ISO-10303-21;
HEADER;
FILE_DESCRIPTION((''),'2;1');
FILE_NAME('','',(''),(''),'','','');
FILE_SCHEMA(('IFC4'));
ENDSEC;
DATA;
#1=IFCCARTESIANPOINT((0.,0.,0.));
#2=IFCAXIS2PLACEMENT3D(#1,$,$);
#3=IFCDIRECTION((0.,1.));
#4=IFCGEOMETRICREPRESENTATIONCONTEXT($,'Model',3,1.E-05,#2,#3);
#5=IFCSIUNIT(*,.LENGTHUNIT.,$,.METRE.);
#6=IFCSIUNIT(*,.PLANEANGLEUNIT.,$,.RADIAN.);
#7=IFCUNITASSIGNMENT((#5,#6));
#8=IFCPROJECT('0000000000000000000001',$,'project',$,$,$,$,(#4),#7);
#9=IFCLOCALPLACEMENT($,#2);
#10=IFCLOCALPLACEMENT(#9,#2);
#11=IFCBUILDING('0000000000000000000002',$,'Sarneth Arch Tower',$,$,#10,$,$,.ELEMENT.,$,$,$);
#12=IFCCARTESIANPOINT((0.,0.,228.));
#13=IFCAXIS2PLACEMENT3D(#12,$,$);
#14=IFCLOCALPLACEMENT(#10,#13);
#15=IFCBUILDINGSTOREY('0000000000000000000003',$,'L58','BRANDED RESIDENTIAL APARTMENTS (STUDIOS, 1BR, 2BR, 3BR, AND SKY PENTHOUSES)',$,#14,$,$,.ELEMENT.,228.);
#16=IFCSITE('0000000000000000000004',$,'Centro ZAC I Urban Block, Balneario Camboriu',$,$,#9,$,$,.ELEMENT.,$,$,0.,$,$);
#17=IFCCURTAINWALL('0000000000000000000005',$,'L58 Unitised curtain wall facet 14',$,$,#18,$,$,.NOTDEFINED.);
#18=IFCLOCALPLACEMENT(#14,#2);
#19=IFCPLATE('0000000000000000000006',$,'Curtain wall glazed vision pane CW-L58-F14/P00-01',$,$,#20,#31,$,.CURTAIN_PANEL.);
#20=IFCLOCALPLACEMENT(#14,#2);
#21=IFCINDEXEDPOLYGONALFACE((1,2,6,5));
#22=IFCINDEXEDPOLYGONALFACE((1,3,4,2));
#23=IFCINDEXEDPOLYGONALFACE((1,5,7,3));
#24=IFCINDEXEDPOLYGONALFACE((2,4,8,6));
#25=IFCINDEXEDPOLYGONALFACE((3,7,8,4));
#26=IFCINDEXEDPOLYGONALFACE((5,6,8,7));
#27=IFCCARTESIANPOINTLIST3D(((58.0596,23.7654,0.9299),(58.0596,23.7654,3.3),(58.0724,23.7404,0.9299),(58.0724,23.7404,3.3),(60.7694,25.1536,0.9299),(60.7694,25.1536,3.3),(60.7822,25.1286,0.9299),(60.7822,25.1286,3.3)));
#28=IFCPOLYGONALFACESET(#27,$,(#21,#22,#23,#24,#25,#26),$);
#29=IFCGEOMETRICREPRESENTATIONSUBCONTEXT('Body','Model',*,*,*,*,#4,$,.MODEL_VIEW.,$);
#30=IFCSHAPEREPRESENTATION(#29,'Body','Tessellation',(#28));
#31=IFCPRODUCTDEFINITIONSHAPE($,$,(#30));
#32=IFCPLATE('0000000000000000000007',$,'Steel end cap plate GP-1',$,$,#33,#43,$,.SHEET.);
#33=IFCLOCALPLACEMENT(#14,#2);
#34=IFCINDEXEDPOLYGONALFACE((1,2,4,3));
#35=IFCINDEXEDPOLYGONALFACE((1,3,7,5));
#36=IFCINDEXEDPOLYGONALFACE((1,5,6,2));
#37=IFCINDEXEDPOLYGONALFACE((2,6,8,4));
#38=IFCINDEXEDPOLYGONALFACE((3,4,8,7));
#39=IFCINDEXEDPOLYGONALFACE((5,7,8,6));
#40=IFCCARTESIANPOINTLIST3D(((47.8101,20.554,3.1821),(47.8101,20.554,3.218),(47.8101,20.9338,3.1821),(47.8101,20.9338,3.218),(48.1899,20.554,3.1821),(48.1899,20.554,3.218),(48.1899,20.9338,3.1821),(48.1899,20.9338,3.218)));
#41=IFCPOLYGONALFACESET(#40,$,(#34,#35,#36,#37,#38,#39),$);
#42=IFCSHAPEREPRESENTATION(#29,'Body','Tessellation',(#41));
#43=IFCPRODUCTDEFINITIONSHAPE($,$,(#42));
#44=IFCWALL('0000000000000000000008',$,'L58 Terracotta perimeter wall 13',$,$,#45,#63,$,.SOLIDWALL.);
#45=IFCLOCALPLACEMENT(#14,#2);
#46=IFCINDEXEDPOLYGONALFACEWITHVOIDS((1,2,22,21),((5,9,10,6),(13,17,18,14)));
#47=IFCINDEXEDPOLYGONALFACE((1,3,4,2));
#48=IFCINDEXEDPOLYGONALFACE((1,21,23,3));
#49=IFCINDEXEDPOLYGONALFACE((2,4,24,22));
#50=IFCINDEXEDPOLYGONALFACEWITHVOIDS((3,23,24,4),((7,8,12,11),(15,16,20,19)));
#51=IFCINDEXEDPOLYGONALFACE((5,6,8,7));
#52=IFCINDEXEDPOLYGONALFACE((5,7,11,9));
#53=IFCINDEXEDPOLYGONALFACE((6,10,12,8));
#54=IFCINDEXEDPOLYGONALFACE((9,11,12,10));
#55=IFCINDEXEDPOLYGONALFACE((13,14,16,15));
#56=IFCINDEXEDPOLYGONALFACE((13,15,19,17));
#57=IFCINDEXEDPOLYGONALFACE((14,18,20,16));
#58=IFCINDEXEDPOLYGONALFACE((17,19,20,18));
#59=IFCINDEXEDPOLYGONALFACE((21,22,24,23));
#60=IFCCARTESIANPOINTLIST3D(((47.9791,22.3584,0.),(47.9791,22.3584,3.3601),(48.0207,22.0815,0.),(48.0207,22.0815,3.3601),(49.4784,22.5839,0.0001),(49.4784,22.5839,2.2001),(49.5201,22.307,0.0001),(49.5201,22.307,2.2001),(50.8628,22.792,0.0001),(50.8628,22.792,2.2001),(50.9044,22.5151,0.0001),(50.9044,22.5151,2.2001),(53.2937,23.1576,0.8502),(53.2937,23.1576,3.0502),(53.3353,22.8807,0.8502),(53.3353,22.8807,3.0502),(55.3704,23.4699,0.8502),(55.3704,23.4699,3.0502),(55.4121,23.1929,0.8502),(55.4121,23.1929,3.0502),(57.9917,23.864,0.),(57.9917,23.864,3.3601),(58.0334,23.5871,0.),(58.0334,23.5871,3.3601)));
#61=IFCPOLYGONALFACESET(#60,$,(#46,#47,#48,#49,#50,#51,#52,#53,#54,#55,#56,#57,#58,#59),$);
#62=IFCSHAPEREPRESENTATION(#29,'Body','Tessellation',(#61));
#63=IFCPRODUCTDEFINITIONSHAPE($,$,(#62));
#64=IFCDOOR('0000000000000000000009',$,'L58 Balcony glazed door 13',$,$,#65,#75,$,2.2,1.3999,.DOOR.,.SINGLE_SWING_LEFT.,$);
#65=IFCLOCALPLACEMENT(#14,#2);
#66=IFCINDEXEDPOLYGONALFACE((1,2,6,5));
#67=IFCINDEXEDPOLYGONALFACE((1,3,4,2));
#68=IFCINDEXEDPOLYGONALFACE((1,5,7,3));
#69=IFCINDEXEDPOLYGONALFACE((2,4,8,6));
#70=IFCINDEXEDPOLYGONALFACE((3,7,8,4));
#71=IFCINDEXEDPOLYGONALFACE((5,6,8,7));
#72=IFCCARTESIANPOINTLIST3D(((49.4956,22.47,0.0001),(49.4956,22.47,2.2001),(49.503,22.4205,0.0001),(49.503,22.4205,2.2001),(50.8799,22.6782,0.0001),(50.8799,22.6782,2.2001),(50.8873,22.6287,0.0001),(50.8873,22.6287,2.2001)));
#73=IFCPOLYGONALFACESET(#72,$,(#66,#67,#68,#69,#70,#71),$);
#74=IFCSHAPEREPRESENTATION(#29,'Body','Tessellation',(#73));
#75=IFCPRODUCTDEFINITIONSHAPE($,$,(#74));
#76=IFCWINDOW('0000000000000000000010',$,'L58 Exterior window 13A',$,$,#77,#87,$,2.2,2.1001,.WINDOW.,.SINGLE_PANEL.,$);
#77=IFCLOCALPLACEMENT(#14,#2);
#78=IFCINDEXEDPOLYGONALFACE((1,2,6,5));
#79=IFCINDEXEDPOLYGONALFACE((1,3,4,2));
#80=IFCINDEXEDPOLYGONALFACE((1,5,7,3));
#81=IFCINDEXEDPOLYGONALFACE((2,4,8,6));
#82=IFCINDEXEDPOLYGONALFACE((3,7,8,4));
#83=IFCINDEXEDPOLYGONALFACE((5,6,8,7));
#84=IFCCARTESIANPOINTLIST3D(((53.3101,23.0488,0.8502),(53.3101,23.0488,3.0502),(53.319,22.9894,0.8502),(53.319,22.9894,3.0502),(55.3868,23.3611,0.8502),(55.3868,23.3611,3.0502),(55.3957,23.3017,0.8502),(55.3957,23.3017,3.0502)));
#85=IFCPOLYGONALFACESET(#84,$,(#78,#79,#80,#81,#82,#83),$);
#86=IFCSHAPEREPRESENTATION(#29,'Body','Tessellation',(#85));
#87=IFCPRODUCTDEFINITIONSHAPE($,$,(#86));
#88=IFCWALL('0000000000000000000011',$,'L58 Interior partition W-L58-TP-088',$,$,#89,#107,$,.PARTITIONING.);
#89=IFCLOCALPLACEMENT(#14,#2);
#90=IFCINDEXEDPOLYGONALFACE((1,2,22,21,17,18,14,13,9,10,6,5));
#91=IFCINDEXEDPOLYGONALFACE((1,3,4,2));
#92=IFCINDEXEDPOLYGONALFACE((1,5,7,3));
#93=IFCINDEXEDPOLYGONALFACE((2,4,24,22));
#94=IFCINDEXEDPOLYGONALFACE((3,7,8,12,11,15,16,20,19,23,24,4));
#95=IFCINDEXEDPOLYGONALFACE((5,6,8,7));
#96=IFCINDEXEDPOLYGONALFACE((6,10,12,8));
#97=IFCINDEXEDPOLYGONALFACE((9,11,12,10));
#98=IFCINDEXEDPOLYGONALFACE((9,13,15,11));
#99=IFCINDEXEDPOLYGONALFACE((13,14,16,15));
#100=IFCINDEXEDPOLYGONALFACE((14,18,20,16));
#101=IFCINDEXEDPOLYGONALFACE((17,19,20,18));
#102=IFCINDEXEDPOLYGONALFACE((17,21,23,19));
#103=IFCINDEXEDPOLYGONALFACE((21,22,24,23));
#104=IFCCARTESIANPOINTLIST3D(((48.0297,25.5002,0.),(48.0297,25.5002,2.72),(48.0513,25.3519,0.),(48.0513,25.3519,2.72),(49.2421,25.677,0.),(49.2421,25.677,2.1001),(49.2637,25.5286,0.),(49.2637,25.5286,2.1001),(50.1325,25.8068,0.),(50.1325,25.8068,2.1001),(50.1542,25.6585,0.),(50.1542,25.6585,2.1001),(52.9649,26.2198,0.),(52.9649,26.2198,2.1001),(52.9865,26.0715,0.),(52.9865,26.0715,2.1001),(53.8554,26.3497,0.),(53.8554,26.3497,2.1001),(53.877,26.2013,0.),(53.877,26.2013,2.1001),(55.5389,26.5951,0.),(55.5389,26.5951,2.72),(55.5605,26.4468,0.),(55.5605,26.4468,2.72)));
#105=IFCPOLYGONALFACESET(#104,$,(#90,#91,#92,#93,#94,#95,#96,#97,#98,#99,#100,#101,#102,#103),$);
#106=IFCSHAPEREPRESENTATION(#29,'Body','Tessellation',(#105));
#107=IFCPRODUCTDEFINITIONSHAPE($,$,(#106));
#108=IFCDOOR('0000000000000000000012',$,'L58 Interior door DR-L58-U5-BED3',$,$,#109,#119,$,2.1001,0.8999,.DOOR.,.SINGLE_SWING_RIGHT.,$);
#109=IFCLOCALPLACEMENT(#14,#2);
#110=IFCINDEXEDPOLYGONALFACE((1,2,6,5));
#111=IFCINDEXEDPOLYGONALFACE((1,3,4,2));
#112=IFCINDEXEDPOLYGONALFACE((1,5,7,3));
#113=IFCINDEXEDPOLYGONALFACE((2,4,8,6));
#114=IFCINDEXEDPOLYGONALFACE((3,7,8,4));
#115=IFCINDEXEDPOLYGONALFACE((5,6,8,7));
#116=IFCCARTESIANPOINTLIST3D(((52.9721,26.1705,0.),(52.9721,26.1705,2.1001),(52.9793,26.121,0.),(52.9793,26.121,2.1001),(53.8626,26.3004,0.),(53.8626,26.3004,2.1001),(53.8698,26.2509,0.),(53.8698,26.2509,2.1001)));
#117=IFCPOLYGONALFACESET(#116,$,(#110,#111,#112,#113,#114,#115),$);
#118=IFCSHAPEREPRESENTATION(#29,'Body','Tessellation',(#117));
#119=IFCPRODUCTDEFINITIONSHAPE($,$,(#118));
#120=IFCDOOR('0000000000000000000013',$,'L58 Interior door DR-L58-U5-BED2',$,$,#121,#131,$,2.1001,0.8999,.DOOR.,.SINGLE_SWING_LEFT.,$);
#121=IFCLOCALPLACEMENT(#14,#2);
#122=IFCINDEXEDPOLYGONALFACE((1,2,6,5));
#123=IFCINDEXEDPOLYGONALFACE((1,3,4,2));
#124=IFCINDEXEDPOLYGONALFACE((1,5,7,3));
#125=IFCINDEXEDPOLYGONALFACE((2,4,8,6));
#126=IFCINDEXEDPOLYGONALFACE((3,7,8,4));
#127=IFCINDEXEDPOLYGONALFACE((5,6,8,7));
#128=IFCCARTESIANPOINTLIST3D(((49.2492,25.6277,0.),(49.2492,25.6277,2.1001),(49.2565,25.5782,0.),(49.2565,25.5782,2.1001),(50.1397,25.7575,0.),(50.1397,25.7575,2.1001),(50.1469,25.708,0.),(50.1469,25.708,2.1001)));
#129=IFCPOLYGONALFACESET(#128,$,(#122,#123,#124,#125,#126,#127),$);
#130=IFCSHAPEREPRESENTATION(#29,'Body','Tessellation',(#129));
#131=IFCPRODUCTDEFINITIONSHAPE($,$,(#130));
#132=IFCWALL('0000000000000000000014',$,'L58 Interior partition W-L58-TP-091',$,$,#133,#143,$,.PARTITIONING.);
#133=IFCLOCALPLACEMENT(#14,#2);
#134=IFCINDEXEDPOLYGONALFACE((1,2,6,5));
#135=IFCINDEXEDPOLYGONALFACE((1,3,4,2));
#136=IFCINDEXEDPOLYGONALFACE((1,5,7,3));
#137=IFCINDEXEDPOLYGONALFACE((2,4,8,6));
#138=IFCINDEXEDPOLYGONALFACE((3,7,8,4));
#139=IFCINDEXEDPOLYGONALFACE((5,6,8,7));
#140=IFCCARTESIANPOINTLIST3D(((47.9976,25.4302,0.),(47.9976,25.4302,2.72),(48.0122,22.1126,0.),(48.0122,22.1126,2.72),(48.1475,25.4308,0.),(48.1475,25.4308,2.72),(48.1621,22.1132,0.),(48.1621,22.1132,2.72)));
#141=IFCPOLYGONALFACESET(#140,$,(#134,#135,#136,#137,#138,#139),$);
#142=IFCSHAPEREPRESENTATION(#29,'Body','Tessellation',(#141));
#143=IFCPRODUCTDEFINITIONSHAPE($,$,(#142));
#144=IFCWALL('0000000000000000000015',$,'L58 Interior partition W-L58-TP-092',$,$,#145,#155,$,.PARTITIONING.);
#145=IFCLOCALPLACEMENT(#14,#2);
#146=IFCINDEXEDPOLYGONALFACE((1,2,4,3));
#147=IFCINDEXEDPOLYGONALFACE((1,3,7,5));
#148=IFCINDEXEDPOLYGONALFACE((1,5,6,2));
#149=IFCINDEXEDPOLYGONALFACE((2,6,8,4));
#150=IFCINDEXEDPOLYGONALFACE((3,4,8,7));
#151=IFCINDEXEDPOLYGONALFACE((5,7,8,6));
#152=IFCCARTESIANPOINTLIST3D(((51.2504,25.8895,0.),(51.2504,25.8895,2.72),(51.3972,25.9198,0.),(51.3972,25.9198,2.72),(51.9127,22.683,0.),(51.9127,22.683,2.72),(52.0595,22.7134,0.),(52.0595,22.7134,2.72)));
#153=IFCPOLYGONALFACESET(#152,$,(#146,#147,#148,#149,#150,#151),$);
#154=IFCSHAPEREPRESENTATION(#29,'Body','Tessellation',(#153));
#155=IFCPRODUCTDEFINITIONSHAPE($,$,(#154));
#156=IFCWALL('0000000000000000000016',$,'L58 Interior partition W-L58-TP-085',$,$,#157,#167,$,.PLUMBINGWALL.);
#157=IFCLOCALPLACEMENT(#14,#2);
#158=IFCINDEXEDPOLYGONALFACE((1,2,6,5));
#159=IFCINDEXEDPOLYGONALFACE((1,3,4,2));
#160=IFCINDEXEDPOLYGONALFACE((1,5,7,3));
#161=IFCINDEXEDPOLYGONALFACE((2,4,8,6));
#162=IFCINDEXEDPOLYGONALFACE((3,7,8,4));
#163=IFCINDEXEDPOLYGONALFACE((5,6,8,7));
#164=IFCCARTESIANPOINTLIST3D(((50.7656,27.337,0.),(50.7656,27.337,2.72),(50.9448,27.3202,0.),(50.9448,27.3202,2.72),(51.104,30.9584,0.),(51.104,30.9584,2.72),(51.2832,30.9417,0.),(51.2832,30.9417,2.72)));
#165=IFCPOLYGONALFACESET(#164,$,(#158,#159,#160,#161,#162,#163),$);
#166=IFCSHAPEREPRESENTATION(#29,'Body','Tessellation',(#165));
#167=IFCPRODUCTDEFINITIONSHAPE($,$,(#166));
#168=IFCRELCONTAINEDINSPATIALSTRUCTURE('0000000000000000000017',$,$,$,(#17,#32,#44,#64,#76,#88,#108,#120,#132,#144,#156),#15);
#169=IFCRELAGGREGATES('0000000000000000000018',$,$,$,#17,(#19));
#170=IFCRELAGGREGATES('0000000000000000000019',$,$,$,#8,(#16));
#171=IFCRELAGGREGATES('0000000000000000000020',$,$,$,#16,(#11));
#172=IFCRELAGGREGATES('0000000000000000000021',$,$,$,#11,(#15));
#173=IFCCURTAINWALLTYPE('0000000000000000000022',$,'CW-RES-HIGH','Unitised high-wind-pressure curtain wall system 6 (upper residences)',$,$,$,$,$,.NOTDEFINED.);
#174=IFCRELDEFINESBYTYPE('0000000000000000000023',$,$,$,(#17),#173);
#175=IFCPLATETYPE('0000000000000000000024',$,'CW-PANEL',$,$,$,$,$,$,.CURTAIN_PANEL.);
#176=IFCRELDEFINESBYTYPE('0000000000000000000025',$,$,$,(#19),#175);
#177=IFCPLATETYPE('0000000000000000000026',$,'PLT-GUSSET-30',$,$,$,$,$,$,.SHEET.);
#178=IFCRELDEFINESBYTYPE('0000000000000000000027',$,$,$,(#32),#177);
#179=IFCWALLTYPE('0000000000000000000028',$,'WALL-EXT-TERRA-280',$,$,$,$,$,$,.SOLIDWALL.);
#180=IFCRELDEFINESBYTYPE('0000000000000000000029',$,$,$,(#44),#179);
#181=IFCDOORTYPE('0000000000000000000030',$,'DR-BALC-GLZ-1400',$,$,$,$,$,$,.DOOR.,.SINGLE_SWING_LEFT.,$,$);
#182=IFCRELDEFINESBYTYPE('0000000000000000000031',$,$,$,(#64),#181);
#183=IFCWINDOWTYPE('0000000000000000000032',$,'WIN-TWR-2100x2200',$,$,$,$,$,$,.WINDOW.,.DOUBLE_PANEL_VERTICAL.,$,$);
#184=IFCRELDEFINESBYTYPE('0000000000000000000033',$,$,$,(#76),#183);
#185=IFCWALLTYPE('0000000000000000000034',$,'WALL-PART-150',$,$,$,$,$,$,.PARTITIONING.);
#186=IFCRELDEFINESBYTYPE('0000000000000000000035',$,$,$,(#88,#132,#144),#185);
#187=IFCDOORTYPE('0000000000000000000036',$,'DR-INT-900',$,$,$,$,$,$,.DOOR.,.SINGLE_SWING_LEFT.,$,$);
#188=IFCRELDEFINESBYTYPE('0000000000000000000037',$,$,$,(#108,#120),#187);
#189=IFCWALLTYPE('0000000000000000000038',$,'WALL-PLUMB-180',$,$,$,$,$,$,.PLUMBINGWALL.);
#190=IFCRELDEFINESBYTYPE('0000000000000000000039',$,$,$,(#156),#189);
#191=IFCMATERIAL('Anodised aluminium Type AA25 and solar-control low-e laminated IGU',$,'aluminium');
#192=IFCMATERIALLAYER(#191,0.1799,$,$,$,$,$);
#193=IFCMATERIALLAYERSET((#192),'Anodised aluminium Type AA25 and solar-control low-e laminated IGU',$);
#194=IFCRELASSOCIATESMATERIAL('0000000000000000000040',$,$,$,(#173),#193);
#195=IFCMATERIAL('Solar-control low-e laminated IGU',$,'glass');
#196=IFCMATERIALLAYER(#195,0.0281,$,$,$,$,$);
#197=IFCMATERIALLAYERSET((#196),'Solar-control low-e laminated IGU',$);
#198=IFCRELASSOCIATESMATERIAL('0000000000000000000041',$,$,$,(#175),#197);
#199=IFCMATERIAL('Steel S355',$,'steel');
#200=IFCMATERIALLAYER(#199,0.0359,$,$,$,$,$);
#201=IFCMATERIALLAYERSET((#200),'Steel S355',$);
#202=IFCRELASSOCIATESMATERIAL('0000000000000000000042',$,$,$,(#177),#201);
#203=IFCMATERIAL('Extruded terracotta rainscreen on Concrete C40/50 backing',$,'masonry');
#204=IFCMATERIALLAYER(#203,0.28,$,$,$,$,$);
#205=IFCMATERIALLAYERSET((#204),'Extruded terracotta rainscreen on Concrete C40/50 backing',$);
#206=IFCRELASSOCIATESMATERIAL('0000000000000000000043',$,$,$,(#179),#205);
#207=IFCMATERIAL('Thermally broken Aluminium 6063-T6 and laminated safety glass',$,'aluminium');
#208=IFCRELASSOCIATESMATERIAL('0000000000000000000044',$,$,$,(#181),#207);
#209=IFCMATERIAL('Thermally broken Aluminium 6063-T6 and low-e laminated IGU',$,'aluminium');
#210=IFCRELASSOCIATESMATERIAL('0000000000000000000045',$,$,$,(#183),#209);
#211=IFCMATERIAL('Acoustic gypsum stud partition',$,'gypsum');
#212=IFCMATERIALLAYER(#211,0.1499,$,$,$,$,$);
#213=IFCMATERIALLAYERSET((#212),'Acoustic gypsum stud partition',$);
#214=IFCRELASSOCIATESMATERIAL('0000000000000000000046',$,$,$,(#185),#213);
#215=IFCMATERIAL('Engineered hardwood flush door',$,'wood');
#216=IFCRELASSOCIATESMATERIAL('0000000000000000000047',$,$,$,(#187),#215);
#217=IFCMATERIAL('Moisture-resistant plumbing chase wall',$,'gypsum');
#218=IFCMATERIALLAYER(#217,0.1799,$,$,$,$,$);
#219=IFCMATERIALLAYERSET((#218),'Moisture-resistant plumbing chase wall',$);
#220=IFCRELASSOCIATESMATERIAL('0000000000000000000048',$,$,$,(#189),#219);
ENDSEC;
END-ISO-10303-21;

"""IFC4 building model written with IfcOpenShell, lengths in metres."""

from ifc_helpers import new_model, si_unit, direction, frame, frame_2d, origin, origin_2d, place, context, subcontext, project, spatial, rectangle, extrude, material, layer, layer_set, type_object, element, fill, aggregate, save


model = new_model("IFC4")

# Units and contexts
model_context = context("Model", 3, precision=1e-05, world=origin(), true_north=direction((0.0, 1.0)))
body_context = subcontext(model_context, "Body", "Model", "MODEL_VIEW")
ifc_project = project(units=[si_unit("LENGTHUNIT", "METRE"), si_unit("PLANEANGLEUNIT", "RADIAN")], contexts=[model_context])

# Site, building, storey
site_placement = place(None, origin())
site = spatial("IfcSite", under=ifc_project, at=site_placement, Name="Centro ZAC I Urban Block, Balneario Camboriu", CompositionType="ELEMENT", RefElevation=0.0)
building_placement = place(site_placement, origin())
building = spatial("IfcBuilding", under=site, at=building_placement, Name="Sarneth Arch Tower", CompositionType="ELEMENT")
storey_placement = place(building_placement, frame((0.0, 0.0, 228.0)))
storey = spatial("IfcBuildingStorey", under=building, at=storey_placement, Name="L58", Description="BRANDED RESIDENTIAL APARTMENTS (STUDIOS, 1BR, 2BR, 3BR, AND SKY PENTHOUSES)", CompositionType="ELEMENT", Elevation=228.0)

# Curtain wall, plate
ifc_material_1 = material(Name="Anodised aluminium Type AA25 and solar-control low-e laminated IGU", Category="aluminium")
ifc_layer_1 = layer(ifc_material_1, 0.1799)
ifc_layer_set_1 = layer_set([ifc_layer_1], Name="Anodised aluminium Type AA25 and solar-control low-e laminated IGU")
curtain_wall_type = type_object("IfcCurtainWallType", Name="CW-RES-HIGH", Description="Unitised high-wind-pressure curtain wall system 6 (upper residences)", PredefinedType="NOTDEFINED", material=ifc_layer_set_1)
curtain_wall_placement = place(storey_placement, origin())
curtain_wall = element("IfcCurtainWall", 1, at=curtain_wall_placement, inside=storey, type_object=curtain_wall_type, Name="L58 Unitised curtain wall facet 14", PredefinedType="NOTDEFINED")
ifc_material_2 = material(Name="Solar-control low-e laminated IGU", Category="glass")
ifc_layer_2 = layer(ifc_material_2, 0.0281)
ifc_layer_set_2 = layer_set([ifc_layer_2], Name="Solar-control low-e laminated IGU")
plate_type_1 = type_object("IfcPlateType", Name="CW-PANEL", PredefinedType="CURTAIN_PANEL", material=ifc_layer_set_2)
plate_1_placement = place(storey_placement, frame((59.4209, 24.447, 0.9299), z_axis=(0.0, 0.0, 1.0), x_axis=(0.89001, 0.455942, 0.0)))
plate_1 = element("IfcPlate", 2, at=plate_1_placement, type_object=plate_type_1, Name="Curtain wall glazed vision pane CW-L58-F14/P00-01", PredefinedType="CURTAIN_PANEL", context=body_context, shape_type="SweptSolid", body=[
    extrude(rectangle(XDim=3.0447, YDim=0.0281, at=origin_2d()), origin(), (0.0, 0.0, 1.0), 2.3701),
])
aggregate(curtain_wall, [plate_1])

# Plate
ifc_material_3 = material(Name="Steel S355", Category="steel")
ifc_layer_3 = layer(ifc_material_3, 0.0359)
ifc_layer_set_3 = layer_set([ifc_layer_3], Name="Steel S355")
plate_type_2 = type_object("IfcPlateType", Name="PLT-GUSSET-30", PredefinedType="SHEET", material=ifc_layer_set_3)
plate_2_placement = place(storey_placement, frame((48.0, 20.7439, 3.1821), z_axis=(0.0, 0.0, 1.0), x_axis=(0.0, -1.0, 0.0)))
element("IfcPlate", 3, at=plate_2_placement, inside=storey, type_object=plate_type_2, Name="Steel end cap plate GP-1", PredefinedType="SHEET", context=body_context, shape_type="SweptSolid", body=[
    extrude(rectangle(XDim=0.3799, YDim=0.3799, at=origin_2d()), origin(), (0.0, 0.0, 1.0), 0.0359),
])

# Wall, openings, door, window
ifc_material_4 = material(Name="Extruded terracotta rainscreen on Concrete C40/50 backing", Category="masonry")
ifc_layer_4 = layer(ifc_material_4, 0.28)
ifc_layer_set_4 = layer_set([ifc_layer_4], Name="Extruded terracotta rainscreen on Concrete C40/50 backing")
wall_type_1 = type_object("IfcWallType", Name="WALL-EXT-TERRA-280", PredefinedType="SOLIDWALL", material=ifc_layer_set_4)
wall_1_placement = place(storey_placement, frame((48.0, 22.22, 0.0), z_axis=(0.0, 0.0, 1.0), x_axis=(0.988883, 0.148699, 0.0)))
wall_1 = element("IfcWall", 4, at=wall_1_placement, inside=storey, type_object=wall_type_1, Name="L58 Terracotta perimeter wall 13", PredefinedType="SOLIDWALL", context=body_context, shape_type="SweptSolid", body=[
    extrude(rectangle(XDim=10.1252, YDim=0.28, at=frame_2d((5.0625, 0.0))), origin(), (0.0, 0.0, 1.0), 3.3601),
])
opening_1_placement = place(wall_1_placement, frame((1.5161, 0.0, 0.0)))
opening_1 = element("IfcOpeningElement", 5, at=opening_1_placement, cuts=wall_1, PredefinedType="OPENING", context=body_context, shape_type="SweptSolid", body=[
    extrude(rectangle(XDim=1.3999, YDim=2.2, at=frame_2d((0.7, 1.1001))), frame((0.0, 0.1499, 0.0), z_axis=(0.0, -1.0, 0.0), x_axis=(1.0, 0.0, 0.0)), (0.0, 0.0, 1.0), 0.3),
])
opening_2_placement = place(wall_1_placement, frame((5.3743, 0.0, 0.8501)))
opening_2 = element("IfcOpeningElement", 6, at=opening_2_placement, cuts=wall_1, PredefinedType="OPENING", context=body_context, shape_type="SweptSolid", body=[
    extrude(rectangle(XDim=2.1001, YDim=2.2, at=frame_2d((1.05, 1.1001))), frame((0.0, 0.1499, 0.0), z_axis=(0.0, -1.0, 0.0), x_axis=(1.0, 0.0, 0.0)), (0.0, 0.0, 1.0), 0.3),
])
ifc_material_5 = material(Name="Thermally broken Aluminium 6063-T6 and laminated safety glass", Category="aluminium")
door_type_1 = type_object("IfcDoorType", Name="DR-BALC-GLZ-1400", OperationType="SINGLE_SWING_LEFT", PredefinedType="DOOR", material=ifc_material_5)
door_1_placement = place(opening_1_placement, origin())
door_1 = element("IfcDoor", 7, at=door_1_placement, inside=storey, type_object=door_type_1, Name="L58 Balcony glazed door 13", OperationType="SINGLE_SWING_LEFT", OverallHeight=2.2, OverallWidth=1.3999, PredefinedType="DOOR", context=body_context, shape_type="SweptSolid", body=[
    extrude(rectangle(XDim=1.3999, YDim=2.2, at=frame_2d((0.7, 1.1001))), frame((0.0, 0.0249, 0.0), z_axis=(0.0, -1.0, 0.0), x_axis=(1.0, 0.0, 0.0)), (0.0, 0.0, 1.0), 0.05),
])
fill(opening_1, door_1)
ifc_material_6 = material(Name="Thermally broken Aluminium 6063-T6 and low-e laminated IGU", Category="aluminium")
window_type = type_object("IfcWindowType", Name="WIN-TWR-2100x2200", PartitioningType="DOUBLE_PANEL_VERTICAL", PredefinedType="WINDOW", material=ifc_material_6)
window_placement = place(opening_2_placement, origin())
window = element("IfcWindow", 8, at=window_placement, inside=storey, type_object=window_type, Name="L58 Exterior window 13A", OverallHeight=2.2, OverallWidth=2.1001, PartitioningType="SINGLE_PANEL", PredefinedType="WINDOW", context=body_context, shape_type="SweptSolid", body=[
    extrude(rectangle(XDim=2.1001, YDim=2.2, at=frame_2d((1.05, 1.1001))), frame((0.0, 0.03, 0.0), z_axis=(0.0, -1.0, 0.0), x_axis=(1.0, 0.0, 0.0)), (0.0, 0.0, 1.0), 0.0601),
])
fill(opening_2, window)

# Wall, openings, doors
ifc_material_7 = material(Name="Acoustic gypsum stud partition", Category="gypsum")
ifc_layer_5 = layer(ifc_material_7, 0.1499)
ifc_layer_set_5 = layer_set([ifc_layer_5], Name="Acoustic gypsum stud partition")
wall_type_2 = type_object("IfcWallType", Name="WALL-PART-150", PredefinedType="PARTITIONING", material=ifc_layer_set_5)
wall_2_placement = place(storey_placement, frame((55.5498, 26.521, 0.0), z_axis=(0.0, 0.0, 1.0), x_axis=(-0.989535, -0.14429, 0.0)))
wall_2 = element("IfcWall", 9, at=wall_2_placement, inside=storey, type_object=wall_type_2, Name="L58 Interior partition W-L58-TP-088", PredefinedType="PARTITIONING", context=body_context, shape_type="SweptSolid", body=[
    extrude(rectangle(XDim=7.5886, YDim=0.1499, at=frame_2d((3.7944, 0.0))), origin(), (0.0, 0.0, 1.0), 2.72),
])
opening_3_placement = place(wall_2_placement, frame((1.7014, 0.0, 0.0)))
opening_3 = element("IfcOpeningElement", 10, at=opening_3_placement, cuts=wall_2, PredefinedType="OPENING", context=body_context, shape_type="SweptSolid", body=[
    extrude(rectangle(XDim=0.8999, YDim=2.1001, at=frame_2d((0.45, 1.05))), frame((0.0, 0.085, 0.0), z_axis=(0.0, -1.0, 0.0), x_axis=(1.0, 0.0, 0.0)), (0.0, 0.0, 1.0), 0.1699),
])
opening_4_placement = place(wall_2_placement, frame((5.4636, 0.0, 0.0)))
opening_4 = element("IfcOpeningElement", 11, at=opening_4_placement, cuts=wall_2, PredefinedType="OPENING", context=body_context, shape_type="SweptSolid", body=[
    extrude(rectangle(XDim=0.8999, YDim=2.1001, at=frame_2d((0.45, 1.05))), frame((0.0, 0.085, 0.0), z_axis=(0.0, -1.0, 0.0), x_axis=(1.0, 0.0, 0.0)), (0.0, 0.0, 1.0), 0.1699),
])
ifc_material_8 = material(Name="Engineered hardwood flush door", Category="wood")
door_type_2 = type_object("IfcDoorType", Name="DR-INT-900", OperationType="SINGLE_SWING_LEFT", PredefinedType="DOOR", material=ifc_material_8)
door_2_placement = place(opening_3_placement, origin())
door_2 = element("IfcDoor", 12, at=door_2_placement, inside=storey, type_object=door_type_2, Name="L58 Interior door DR-L58-U5-BED3", OperationType="SINGLE_SWING_RIGHT", OverallHeight=2.1001, OverallWidth=0.8999, PredefinedType="DOOR", context=body_context, shape_type="SweptSolid", body=[
    extrude(rectangle(XDim=0.8999, YDim=2.1001, at=frame_2d((0.45, 1.05))), frame((0.0, 0.0249, 0.0), z_axis=(0.0, -1.0, 0.0), x_axis=(1.0, 0.0, 0.0)), (0.0, 0.0, 1.0), 0.05),
])
fill(opening_3, door_2)
door_3_placement = place(opening_4_placement, origin())
door_3 = element("IfcDoor", 13, at=door_3_placement, inside=storey, type_object=door_type_2, Name="L58 Interior door DR-L58-U5-BED2", OperationType="SINGLE_SWING_LEFT", OverallHeight=2.1001, OverallWidth=0.8999, PredefinedType="DOOR", context=body_context, shape_type="SweptSolid", body=[
    extrude(rectangle(XDim=0.8999, YDim=2.1001, at=frame_2d((0.45, 1.05))), frame((0.0, 0.0249, 0.0), z_axis=(0.0, -1.0, 0.0), x_axis=(1.0, 0.0, 0.0)), (0.0, 0.0, 1.0), 0.05),
])
fill(opening_4, door_3)

# Walls
wall_3_placement = place(storey_placement, frame((48.0872, 22.113, 0.0), z_axis=(0.0, 0.0, 1.0), x_axis=(-0.004415, 0.99999, 0.0)))
element("IfcWall", 14, at=wall_3_placement, inside=storey, type_object=wall_type_2, Name="L58 Interior partition W-L58-TP-091", PredefinedType="PARTITIONING", context=body_context, shape_type="SweptSolid", body=[
    extrude(rectangle(XDim=3.3176, YDim=0.1499, at=frame_2d((1.6587, 0.0))), origin(), (0.0, 0.0, 1.0), 2.72),
])
wall_4_placement = place(storey_placement, frame((51.3237, 25.9048, 0.0), z_axis=(0.0, 0.0, 1.0), x_axis=(0.202292, -0.979325, 0.0)))
element("IfcWall", 15, at=wall_4_placement, inside=storey, type_object=wall_type_2, Name="L58 Interior partition W-L58-TP-092", PredefinedType="PARTITIONING", context=body_context, shape_type="SweptSolid", body=[
    extrude(rectangle(XDim=3.2742, YDim=0.1499, at=frame_2d((1.6372, 0.0))), origin(), (0.0, 0.0, 1.0), 2.72),
])
ifc_material_9 = material(Name="Moisture-resistant plumbing chase wall", Category="gypsum")
ifc_layer_6 = layer(ifc_material_9, 0.1799)
ifc_layer_set_6 = layer_set([ifc_layer_6], Name="Moisture-resistant plumbing chase wall")
wall_type_3 = type_object("IfcWallType", Name="WALL-PLUMB-180", PredefinedType="PLUMBINGWALL", material=ifc_layer_set_6)
wall_5_placement = place(storey_placement, frame((50.8552, 27.3286, 0.0), z_axis=(0.0, 0.0, 1.0), x_axis=(0.093035, 0.995663, 0.0)))
element("IfcWall", 16, at=wall_5_placement, inside=storey, type_object=wall_type_3, Name="L58 Interior partition W-L58-TP-085", PredefinedType="PLUMBINGWALL", context=body_context, shape_type="SweptSolid", body=[
    extrude(rectangle(XDim=3.6372, YDim=0.1799, at=frame_2d((1.8186, 0.0))), origin(), (0.0, 0.0, 1.0), 2.72),
])

save(model, "model.ifc")
